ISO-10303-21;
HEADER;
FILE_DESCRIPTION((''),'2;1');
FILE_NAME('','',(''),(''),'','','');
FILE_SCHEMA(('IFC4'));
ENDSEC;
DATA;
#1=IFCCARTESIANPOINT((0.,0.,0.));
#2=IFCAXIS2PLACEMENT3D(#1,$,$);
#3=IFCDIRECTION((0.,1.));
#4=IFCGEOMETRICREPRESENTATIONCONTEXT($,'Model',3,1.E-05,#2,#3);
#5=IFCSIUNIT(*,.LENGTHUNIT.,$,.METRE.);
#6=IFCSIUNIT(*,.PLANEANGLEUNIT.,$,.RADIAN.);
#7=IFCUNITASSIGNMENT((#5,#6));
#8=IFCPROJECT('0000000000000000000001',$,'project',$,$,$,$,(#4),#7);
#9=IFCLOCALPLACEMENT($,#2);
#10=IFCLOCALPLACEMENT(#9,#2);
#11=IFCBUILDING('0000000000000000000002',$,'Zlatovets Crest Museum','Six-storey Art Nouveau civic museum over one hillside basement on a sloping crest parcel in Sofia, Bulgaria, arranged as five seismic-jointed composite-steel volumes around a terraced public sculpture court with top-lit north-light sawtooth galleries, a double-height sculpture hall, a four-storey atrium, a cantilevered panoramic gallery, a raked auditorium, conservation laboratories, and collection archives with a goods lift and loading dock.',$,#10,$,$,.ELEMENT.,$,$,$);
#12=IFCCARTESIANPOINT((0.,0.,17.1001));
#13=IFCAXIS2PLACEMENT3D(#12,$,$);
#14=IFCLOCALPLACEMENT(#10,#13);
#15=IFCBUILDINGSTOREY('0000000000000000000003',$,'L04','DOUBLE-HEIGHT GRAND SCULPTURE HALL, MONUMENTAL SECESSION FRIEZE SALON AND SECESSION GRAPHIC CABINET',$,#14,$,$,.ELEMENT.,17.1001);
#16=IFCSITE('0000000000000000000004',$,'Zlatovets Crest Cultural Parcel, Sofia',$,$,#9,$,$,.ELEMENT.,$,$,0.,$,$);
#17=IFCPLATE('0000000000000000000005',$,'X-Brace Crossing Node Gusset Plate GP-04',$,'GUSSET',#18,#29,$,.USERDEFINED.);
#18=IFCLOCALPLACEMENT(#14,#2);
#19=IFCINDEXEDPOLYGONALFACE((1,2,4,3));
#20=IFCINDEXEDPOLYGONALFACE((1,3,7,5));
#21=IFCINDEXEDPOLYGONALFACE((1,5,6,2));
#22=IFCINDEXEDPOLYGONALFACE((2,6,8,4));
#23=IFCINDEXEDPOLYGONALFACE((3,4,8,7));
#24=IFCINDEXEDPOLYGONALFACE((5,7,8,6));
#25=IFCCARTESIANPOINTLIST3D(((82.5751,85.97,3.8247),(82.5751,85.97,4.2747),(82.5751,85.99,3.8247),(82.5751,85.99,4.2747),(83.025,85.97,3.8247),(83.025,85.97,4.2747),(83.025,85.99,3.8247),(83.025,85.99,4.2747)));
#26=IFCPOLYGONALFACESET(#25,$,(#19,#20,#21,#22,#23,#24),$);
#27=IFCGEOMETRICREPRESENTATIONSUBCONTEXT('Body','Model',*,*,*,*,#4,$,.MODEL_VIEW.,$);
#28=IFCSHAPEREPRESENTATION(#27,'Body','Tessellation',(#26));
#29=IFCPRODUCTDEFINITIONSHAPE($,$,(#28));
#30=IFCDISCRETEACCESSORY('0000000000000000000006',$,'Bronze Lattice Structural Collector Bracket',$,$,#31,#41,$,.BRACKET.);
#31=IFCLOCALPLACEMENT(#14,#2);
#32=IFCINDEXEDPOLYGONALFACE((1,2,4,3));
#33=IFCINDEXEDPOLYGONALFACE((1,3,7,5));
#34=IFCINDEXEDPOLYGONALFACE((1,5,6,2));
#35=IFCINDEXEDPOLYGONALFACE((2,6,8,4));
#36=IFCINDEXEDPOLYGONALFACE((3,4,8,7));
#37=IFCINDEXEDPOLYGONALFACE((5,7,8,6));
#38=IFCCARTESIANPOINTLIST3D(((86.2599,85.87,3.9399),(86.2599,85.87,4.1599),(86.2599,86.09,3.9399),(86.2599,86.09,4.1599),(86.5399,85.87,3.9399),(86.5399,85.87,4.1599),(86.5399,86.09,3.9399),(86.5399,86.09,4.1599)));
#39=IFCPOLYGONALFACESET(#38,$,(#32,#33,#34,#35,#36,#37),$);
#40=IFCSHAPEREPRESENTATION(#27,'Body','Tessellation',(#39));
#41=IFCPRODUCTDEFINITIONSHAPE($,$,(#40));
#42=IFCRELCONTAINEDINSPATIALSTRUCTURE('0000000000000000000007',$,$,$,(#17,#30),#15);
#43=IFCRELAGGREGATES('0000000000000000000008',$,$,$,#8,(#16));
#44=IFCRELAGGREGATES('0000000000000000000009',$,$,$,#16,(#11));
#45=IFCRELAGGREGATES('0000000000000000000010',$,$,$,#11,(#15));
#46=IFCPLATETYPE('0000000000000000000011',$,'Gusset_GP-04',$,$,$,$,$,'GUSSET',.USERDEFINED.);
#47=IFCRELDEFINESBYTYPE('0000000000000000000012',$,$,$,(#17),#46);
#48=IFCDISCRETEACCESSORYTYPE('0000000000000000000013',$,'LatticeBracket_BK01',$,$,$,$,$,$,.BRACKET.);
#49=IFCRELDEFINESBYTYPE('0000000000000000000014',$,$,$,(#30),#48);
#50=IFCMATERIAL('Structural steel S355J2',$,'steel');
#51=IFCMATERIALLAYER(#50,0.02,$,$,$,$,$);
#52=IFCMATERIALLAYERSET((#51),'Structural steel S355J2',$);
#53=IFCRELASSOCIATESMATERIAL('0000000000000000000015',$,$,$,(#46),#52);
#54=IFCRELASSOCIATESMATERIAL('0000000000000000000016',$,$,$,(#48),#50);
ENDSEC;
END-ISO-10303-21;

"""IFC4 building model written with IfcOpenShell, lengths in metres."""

from ifc_helpers import new_model, si_unit, direction, frame, origin, origin_2d, place, context, subcontext, project, spatial, rectangle, extrude, material, layer, layer_set, type_object, element, save


model = new_model("IFC4")

# Units and contexts
model_context = context("Model", 3, precision=1e-05, world=origin(), true_north=direction((0.0, 1.0)))
body_context = subcontext(model_context, "Body", "Model", "MODEL_VIEW")
ifc_project = project(units=[si_unit("LENGTHUNIT", "METRE"), si_unit("PLANEANGLEUNIT", "RADIAN")], contexts=[model_context])

# Site, building, storey
site_placement = place(None, origin())
site = spatial("IfcSite", under=ifc_project, at=site_placement, Name="Zlatovets Crest Cultural Parcel, Sofia", CompositionType="ELEMENT", RefElevation=0.0)
building_placement = place(site_placement, origin())
building = spatial("IfcBuilding", under=site, at=building_placement, Name="Zlatovets Crest Museum", Description="Six-storey Art Nouveau civic museum over one hillside basement on a sloping crest parcel in Sofia, Bulgaria, arranged as five seismic-jointed composite-steel volumes around a terraced public sculpture court with top-lit north-light sawtooth galleries, a double-height sculpture hall, a four-storey atrium, a cantilevered panoramic gallery, a raked auditorium, conservation laboratories, and collection archives with a goods lift and loading dock.", CompositionType="ELEMENT")
storey_placement = place(building_placement, frame((0.0, 0.0, 17.1001)))
storey = spatial("IfcBuildingStorey", under=building, at=storey_placement, Name="L04", Description="DOUBLE-HEIGHT GRAND SCULPTURE HALL, MONUMENTAL SECESSION FRIEZE SALON AND SECESSION GRAPHIC CABINET", CompositionType="ELEMENT", Elevation=17.1001)

# Shared definitions
ifc_material_1 = material(Name="Structural steel S355J2", Category="steel")

# Plate
ifc_layer_1 = layer(ifc_material_1, 0.02)
ifc_layer_set_1 = layer_set([ifc_layer_1], Name="Structural steel S355J2")
plate_type_1 = type_object("IfcPlateType", Name="Gusset_GP-04", ElementType="GUSSET", PredefinedType="USERDEFINED", material=ifc_layer_set_1)
plate_1_placement = place(storey_placement, frame((82.8, 85.98, 3.8247), z_axis=(0.0, 0.0, 1.0), x_axis=(1.0, 0.0, 0.0)))
element("IfcPlate", 1, at=plate_1_placement, inside=storey, type_object=plate_type_1, Name="X-Brace Crossing Node Gusset Plate GP-04", ObjectType="GUSSET", PredefinedType="USERDEFINED", context=body_context, shape_type="SweptSolid", body=[
    extrude(rectangle(XDim=0.45, YDim=0.02, at=origin_2d()), origin(), (0.0, 0.0, 1.0), 0.45),
])

# Discrete accessory
discrete_accessory_type = type_object("IfcDiscreteAccessoryType", Name="LatticeBracket_BK01", PredefinedType="BRACKET", material=ifc_material_1)
discrete_accessory_placement = place(storey_placement, frame((86.3999, 85.98, 3.9399), z_axis=(0.0, 0.0, 1.0), x_axis=(1.0, 0.0, 0.0)))
element("IfcDiscreteAccessory", 2, at=discrete_accessory_placement, inside=storey, type_object=discrete_accessory_type, Name="Bronze Lattice Structural Collector Bracket", PredefinedType="BRACKET", context=body_context, shape_type="SweptSolid", body=[
    extrude(rectangle(XDim=0.28, YDim=0.22, at=origin_2d()), origin(), (0.0, 0.0, 1.0), 0.22),
])

save(model, "model.ifc")
